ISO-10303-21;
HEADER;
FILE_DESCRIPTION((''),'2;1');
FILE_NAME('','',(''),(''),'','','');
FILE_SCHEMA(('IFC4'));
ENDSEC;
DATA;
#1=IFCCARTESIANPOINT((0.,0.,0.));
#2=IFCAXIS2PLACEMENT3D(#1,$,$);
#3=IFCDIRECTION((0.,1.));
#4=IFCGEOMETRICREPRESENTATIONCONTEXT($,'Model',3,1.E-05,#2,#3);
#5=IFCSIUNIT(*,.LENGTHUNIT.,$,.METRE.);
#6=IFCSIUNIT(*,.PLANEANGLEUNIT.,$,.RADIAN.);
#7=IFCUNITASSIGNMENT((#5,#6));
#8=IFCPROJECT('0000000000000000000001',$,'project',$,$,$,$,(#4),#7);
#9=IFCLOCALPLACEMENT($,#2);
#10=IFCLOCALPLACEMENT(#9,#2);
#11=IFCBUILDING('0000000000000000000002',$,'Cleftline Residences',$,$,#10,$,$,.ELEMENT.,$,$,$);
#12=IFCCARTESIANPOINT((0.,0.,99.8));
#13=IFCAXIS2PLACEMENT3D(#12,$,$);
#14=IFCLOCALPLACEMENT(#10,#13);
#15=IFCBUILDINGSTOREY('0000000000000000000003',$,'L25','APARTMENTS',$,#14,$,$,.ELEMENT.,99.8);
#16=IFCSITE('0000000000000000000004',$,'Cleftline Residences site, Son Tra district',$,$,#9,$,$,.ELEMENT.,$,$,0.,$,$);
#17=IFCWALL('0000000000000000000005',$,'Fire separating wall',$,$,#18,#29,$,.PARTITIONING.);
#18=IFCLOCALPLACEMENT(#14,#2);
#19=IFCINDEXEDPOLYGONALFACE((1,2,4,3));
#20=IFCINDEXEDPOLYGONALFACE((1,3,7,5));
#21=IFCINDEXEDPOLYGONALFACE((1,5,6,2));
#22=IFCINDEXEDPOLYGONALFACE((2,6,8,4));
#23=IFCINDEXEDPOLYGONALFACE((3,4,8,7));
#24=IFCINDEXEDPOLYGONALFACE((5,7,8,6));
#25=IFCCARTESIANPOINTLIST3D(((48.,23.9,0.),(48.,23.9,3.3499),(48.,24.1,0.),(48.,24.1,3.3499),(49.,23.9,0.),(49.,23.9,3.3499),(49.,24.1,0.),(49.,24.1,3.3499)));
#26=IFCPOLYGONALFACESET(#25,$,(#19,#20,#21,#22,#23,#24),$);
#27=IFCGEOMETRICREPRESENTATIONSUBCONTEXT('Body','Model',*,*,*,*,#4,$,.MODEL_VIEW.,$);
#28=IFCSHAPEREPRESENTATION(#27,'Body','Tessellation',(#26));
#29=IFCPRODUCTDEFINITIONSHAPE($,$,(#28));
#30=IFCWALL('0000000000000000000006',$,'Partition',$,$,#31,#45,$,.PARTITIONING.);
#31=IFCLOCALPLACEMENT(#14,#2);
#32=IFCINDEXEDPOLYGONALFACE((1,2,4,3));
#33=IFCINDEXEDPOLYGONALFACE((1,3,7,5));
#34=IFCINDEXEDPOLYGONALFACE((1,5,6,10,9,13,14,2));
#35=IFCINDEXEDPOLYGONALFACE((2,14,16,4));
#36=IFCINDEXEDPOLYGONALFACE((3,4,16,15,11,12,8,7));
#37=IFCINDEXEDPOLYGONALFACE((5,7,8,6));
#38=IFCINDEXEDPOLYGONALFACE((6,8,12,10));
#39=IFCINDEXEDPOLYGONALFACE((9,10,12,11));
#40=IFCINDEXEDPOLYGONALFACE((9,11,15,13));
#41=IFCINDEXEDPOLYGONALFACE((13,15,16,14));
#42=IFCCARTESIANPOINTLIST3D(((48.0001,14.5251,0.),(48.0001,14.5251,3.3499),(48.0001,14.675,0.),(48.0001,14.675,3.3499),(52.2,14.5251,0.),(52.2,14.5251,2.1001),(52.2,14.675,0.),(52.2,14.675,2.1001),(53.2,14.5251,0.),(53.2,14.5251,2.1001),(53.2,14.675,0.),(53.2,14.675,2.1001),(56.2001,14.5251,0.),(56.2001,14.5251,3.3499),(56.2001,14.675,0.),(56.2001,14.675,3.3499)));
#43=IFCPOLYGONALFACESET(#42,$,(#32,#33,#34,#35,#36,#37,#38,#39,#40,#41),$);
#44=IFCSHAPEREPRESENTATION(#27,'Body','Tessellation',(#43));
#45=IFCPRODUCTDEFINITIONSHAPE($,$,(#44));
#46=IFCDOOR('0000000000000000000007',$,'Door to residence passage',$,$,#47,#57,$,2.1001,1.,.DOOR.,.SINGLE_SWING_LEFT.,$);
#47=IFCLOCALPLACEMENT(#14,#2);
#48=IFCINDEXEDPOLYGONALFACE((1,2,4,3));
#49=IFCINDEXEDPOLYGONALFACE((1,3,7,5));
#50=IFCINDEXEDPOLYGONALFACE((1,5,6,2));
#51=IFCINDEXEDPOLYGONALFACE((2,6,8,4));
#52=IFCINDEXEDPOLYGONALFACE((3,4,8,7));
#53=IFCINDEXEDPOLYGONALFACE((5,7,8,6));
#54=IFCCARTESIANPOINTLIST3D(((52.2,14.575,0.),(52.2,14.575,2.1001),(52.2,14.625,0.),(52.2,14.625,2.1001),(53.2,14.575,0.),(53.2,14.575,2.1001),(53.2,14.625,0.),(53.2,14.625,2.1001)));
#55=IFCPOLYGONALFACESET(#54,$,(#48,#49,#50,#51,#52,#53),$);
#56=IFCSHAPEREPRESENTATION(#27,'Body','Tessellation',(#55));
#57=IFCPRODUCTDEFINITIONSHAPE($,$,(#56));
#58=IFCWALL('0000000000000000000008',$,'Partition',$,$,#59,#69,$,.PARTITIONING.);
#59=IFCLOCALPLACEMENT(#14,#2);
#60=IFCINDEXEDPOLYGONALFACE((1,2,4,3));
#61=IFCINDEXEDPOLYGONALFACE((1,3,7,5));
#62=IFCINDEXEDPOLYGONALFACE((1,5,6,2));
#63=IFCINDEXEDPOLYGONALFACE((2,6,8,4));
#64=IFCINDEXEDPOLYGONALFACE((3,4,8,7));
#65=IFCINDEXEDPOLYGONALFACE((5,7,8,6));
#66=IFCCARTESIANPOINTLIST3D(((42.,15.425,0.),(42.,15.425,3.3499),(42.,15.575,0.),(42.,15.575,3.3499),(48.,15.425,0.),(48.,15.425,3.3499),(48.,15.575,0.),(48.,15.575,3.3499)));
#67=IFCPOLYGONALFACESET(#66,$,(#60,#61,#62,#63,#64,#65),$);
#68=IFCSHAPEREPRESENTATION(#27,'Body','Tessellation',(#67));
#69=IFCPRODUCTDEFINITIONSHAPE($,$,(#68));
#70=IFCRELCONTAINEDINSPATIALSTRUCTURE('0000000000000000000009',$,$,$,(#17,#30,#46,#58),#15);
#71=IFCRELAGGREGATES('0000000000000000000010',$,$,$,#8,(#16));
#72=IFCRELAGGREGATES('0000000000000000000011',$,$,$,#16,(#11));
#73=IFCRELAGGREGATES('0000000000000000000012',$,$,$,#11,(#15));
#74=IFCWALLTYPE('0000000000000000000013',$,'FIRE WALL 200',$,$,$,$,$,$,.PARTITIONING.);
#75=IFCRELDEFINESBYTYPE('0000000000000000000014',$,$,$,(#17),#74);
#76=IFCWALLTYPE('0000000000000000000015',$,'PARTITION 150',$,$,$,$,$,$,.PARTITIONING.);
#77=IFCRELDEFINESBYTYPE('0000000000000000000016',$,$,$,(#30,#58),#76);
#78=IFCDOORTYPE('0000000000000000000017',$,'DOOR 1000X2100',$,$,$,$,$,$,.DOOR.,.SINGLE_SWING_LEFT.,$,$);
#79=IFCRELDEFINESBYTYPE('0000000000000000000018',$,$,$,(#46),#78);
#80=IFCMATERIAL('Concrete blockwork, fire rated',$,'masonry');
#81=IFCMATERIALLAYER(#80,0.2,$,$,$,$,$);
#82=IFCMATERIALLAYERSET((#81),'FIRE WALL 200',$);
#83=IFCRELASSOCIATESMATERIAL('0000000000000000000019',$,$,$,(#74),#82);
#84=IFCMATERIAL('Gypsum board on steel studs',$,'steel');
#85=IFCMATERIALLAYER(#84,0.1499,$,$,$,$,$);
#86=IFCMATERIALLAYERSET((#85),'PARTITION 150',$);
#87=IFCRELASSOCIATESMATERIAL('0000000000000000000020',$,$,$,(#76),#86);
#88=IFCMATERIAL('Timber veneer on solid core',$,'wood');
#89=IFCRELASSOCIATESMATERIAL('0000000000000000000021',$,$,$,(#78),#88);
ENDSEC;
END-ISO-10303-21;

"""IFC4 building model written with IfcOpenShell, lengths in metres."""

from ifc_helpers import new_model, si_unit, direction, frame, frame_2d, origin, place, context, subcontext, project, spatial, rectangle, extrude, material, layer, layer_set, type_object, element, fill, save


model = new_model("IFC4")

# Units and contexts
model_context = context("Model", 3, precision=1e-05, world=origin(), true_north=direction((0.0, 1.0)))
body_context = subcontext(model_context, "Body", "Model", "MODEL_VIEW")
ifc_project = project(units=[si_unit("LENGTHUNIT", "METRE"), si_unit("PLANEANGLEUNIT", "RADIAN")], contexts=[model_context])

# Site, building, storey
site_placement = place(None, origin())
site = spatial("IfcSite", under=ifc_project, at=site_placement, Name="Cleftline Residences site, Son Tra district", CompositionType="ELEMENT", RefElevation=0.0)
building_placement = place(site_placement, origin())
building = spatial("IfcBuilding", under=site, at=building_placement, Name="Cleftline Residences", CompositionType="ELEMENT")
storey_placement = place(building_placement, frame((0.0, 0.0, 99.8)))
storey = spatial("IfcBuildingStorey", under=building, at=storey_placement, Name="L25", Description="APARTMENTS", CompositionType="ELEMENT", Elevation=99.8)

# Shared definitions
ifc_material_1 = material(Name="Concrete blockwork, fire rated", Category="masonry")
ifc_layer_1 = layer(ifc_material_1, 0.2)
ifc_layer_set_1 = layer_set([ifc_layer_1], Name="FIRE WALL 200")
wall_type_1 = type_object("IfcWallType", Name="FIRE WALL 200", PredefinedType="PARTITIONING", material=ifc_layer_set_1)

# Wall
wall_1_placement = place(storey_placement, frame((48.0, 24.0, 0.0), z_axis=(0.0, 0.0, 1.0), x_axis=(1.0, 0.0, 0.0)))
element("IfcWall", 1, at=wall_1_placement, inside=storey, type_object=wall_type_1, Name="Fire separating wall", PredefinedType="PARTITIONING", context=body_context, shape_type="SweptSolid", body=[
    extrude(rectangle(XDim=1.0, YDim=0.2, at=frame_2d((0.5, 0.0))), origin(), (0.0, 0.0, 1.0), 3.3499),
])

# Wall, opening, door
ifc_material_2 = material(Name="Gypsum board on steel studs", Category="steel")
ifc_layer_2 = layer(ifc_material_2, 0.1499)
ifc_layer_set_2 = layer_set([ifc_layer_2], Name="PARTITION 150")
wall_type_2 = type_object("IfcWallType", Name="PARTITION 150", PredefinedType="PARTITIONING", material=ifc_layer_set_2)
wall_2_placement = place(storey_placement, frame((48.0, 14.6001, 0.0), z_axis=(0.0, 0.0, 1.0), x_axis=(1.0, 0.0, 0.0)))
wall_2 = element("IfcWall", 2, at=wall_2_placement, inside=storey, type_object=wall_type_2, Name="Partition", PredefinedType="PARTITIONING", context=body_context, shape_type="SweptSolid", body=[
    extrude(rectangle(XDim=8.2, YDim=0.1499, at=frame_2d((4.1001, 0.0))), origin(), (0.0, 0.0, 1.0), 3.3499),
])
opening_1_placement = place(wall_2_placement, frame((4.2, 0.0, 0.0)))
opening_1 = element("IfcOpeningElement", 3, at=opening_1_placement, cuts=wall_2, PredefinedType="OPENING", context=body_context, shape_type="SweptSolid", body=[
    extrude(rectangle(XDim=1.0, YDim=2.1001, at=frame_2d((0.5, 1.05))), frame((0.0, 0.085, 0.0), z_axis=(0.0, -1.0, 0.0), x_axis=(1.0, 0.0, 0.0)), (0.0, 0.0, 1.0), 0.1699),
])
ifc_material_3 = material(Name="Timber veneer on solid core", Category="wood")
door_type_1 = type_object("IfcDoorType", Name="DOOR 1000X2100", OperationType="SINGLE_SWING_LEFT", PredefinedType="DOOR", material=ifc_material_3)
door_1_placement = place(opening_1_placement, origin())
door_1 = element("IfcDoor", 4, at=door_1_placement, inside=storey, type_object=door_type_1, Name="Door to residence passage", OperationType="SINGLE_SWING_LEFT", OverallHeight=2.1001, OverallWidth=1.0, PredefinedType="DOOR", context=body_context, shape_type="SweptSolid", body=[
    extrude(rectangle(XDim=1.0, YDim=2.1001, at=frame_2d((0.5, 1.05))), frame((0.0, 0.0249, 0.0), z_axis=(0.0, -1.0, 0.0), x_axis=(1.0, 0.0, 0.0)), (0.0, 0.0, 1.0), 0.05),
])
fill(opening_1, door_1)

# Wall
wall_3_placement = place(storey_placement, frame((42.0, 15.5, 0.0), z_axis=(0.0, 0.0, 1.0), x_axis=(1.0, 0.0, 0.0)))
element("IfcWall", 5, at=wall_3_placement, inside=storey, type_object=wall_type_2, Name="Partition", PredefinedType="PARTITIONING", context=body_context, shape_type="SweptSolid", body=[
    extrude(rectangle(XDim=6.0, YDim=0.1499, at=frame_2d((3.0, 0.0))), origin(), (0.0, 0.0, 1.0), 3.3499),
])

save(model, "model.ifc")
